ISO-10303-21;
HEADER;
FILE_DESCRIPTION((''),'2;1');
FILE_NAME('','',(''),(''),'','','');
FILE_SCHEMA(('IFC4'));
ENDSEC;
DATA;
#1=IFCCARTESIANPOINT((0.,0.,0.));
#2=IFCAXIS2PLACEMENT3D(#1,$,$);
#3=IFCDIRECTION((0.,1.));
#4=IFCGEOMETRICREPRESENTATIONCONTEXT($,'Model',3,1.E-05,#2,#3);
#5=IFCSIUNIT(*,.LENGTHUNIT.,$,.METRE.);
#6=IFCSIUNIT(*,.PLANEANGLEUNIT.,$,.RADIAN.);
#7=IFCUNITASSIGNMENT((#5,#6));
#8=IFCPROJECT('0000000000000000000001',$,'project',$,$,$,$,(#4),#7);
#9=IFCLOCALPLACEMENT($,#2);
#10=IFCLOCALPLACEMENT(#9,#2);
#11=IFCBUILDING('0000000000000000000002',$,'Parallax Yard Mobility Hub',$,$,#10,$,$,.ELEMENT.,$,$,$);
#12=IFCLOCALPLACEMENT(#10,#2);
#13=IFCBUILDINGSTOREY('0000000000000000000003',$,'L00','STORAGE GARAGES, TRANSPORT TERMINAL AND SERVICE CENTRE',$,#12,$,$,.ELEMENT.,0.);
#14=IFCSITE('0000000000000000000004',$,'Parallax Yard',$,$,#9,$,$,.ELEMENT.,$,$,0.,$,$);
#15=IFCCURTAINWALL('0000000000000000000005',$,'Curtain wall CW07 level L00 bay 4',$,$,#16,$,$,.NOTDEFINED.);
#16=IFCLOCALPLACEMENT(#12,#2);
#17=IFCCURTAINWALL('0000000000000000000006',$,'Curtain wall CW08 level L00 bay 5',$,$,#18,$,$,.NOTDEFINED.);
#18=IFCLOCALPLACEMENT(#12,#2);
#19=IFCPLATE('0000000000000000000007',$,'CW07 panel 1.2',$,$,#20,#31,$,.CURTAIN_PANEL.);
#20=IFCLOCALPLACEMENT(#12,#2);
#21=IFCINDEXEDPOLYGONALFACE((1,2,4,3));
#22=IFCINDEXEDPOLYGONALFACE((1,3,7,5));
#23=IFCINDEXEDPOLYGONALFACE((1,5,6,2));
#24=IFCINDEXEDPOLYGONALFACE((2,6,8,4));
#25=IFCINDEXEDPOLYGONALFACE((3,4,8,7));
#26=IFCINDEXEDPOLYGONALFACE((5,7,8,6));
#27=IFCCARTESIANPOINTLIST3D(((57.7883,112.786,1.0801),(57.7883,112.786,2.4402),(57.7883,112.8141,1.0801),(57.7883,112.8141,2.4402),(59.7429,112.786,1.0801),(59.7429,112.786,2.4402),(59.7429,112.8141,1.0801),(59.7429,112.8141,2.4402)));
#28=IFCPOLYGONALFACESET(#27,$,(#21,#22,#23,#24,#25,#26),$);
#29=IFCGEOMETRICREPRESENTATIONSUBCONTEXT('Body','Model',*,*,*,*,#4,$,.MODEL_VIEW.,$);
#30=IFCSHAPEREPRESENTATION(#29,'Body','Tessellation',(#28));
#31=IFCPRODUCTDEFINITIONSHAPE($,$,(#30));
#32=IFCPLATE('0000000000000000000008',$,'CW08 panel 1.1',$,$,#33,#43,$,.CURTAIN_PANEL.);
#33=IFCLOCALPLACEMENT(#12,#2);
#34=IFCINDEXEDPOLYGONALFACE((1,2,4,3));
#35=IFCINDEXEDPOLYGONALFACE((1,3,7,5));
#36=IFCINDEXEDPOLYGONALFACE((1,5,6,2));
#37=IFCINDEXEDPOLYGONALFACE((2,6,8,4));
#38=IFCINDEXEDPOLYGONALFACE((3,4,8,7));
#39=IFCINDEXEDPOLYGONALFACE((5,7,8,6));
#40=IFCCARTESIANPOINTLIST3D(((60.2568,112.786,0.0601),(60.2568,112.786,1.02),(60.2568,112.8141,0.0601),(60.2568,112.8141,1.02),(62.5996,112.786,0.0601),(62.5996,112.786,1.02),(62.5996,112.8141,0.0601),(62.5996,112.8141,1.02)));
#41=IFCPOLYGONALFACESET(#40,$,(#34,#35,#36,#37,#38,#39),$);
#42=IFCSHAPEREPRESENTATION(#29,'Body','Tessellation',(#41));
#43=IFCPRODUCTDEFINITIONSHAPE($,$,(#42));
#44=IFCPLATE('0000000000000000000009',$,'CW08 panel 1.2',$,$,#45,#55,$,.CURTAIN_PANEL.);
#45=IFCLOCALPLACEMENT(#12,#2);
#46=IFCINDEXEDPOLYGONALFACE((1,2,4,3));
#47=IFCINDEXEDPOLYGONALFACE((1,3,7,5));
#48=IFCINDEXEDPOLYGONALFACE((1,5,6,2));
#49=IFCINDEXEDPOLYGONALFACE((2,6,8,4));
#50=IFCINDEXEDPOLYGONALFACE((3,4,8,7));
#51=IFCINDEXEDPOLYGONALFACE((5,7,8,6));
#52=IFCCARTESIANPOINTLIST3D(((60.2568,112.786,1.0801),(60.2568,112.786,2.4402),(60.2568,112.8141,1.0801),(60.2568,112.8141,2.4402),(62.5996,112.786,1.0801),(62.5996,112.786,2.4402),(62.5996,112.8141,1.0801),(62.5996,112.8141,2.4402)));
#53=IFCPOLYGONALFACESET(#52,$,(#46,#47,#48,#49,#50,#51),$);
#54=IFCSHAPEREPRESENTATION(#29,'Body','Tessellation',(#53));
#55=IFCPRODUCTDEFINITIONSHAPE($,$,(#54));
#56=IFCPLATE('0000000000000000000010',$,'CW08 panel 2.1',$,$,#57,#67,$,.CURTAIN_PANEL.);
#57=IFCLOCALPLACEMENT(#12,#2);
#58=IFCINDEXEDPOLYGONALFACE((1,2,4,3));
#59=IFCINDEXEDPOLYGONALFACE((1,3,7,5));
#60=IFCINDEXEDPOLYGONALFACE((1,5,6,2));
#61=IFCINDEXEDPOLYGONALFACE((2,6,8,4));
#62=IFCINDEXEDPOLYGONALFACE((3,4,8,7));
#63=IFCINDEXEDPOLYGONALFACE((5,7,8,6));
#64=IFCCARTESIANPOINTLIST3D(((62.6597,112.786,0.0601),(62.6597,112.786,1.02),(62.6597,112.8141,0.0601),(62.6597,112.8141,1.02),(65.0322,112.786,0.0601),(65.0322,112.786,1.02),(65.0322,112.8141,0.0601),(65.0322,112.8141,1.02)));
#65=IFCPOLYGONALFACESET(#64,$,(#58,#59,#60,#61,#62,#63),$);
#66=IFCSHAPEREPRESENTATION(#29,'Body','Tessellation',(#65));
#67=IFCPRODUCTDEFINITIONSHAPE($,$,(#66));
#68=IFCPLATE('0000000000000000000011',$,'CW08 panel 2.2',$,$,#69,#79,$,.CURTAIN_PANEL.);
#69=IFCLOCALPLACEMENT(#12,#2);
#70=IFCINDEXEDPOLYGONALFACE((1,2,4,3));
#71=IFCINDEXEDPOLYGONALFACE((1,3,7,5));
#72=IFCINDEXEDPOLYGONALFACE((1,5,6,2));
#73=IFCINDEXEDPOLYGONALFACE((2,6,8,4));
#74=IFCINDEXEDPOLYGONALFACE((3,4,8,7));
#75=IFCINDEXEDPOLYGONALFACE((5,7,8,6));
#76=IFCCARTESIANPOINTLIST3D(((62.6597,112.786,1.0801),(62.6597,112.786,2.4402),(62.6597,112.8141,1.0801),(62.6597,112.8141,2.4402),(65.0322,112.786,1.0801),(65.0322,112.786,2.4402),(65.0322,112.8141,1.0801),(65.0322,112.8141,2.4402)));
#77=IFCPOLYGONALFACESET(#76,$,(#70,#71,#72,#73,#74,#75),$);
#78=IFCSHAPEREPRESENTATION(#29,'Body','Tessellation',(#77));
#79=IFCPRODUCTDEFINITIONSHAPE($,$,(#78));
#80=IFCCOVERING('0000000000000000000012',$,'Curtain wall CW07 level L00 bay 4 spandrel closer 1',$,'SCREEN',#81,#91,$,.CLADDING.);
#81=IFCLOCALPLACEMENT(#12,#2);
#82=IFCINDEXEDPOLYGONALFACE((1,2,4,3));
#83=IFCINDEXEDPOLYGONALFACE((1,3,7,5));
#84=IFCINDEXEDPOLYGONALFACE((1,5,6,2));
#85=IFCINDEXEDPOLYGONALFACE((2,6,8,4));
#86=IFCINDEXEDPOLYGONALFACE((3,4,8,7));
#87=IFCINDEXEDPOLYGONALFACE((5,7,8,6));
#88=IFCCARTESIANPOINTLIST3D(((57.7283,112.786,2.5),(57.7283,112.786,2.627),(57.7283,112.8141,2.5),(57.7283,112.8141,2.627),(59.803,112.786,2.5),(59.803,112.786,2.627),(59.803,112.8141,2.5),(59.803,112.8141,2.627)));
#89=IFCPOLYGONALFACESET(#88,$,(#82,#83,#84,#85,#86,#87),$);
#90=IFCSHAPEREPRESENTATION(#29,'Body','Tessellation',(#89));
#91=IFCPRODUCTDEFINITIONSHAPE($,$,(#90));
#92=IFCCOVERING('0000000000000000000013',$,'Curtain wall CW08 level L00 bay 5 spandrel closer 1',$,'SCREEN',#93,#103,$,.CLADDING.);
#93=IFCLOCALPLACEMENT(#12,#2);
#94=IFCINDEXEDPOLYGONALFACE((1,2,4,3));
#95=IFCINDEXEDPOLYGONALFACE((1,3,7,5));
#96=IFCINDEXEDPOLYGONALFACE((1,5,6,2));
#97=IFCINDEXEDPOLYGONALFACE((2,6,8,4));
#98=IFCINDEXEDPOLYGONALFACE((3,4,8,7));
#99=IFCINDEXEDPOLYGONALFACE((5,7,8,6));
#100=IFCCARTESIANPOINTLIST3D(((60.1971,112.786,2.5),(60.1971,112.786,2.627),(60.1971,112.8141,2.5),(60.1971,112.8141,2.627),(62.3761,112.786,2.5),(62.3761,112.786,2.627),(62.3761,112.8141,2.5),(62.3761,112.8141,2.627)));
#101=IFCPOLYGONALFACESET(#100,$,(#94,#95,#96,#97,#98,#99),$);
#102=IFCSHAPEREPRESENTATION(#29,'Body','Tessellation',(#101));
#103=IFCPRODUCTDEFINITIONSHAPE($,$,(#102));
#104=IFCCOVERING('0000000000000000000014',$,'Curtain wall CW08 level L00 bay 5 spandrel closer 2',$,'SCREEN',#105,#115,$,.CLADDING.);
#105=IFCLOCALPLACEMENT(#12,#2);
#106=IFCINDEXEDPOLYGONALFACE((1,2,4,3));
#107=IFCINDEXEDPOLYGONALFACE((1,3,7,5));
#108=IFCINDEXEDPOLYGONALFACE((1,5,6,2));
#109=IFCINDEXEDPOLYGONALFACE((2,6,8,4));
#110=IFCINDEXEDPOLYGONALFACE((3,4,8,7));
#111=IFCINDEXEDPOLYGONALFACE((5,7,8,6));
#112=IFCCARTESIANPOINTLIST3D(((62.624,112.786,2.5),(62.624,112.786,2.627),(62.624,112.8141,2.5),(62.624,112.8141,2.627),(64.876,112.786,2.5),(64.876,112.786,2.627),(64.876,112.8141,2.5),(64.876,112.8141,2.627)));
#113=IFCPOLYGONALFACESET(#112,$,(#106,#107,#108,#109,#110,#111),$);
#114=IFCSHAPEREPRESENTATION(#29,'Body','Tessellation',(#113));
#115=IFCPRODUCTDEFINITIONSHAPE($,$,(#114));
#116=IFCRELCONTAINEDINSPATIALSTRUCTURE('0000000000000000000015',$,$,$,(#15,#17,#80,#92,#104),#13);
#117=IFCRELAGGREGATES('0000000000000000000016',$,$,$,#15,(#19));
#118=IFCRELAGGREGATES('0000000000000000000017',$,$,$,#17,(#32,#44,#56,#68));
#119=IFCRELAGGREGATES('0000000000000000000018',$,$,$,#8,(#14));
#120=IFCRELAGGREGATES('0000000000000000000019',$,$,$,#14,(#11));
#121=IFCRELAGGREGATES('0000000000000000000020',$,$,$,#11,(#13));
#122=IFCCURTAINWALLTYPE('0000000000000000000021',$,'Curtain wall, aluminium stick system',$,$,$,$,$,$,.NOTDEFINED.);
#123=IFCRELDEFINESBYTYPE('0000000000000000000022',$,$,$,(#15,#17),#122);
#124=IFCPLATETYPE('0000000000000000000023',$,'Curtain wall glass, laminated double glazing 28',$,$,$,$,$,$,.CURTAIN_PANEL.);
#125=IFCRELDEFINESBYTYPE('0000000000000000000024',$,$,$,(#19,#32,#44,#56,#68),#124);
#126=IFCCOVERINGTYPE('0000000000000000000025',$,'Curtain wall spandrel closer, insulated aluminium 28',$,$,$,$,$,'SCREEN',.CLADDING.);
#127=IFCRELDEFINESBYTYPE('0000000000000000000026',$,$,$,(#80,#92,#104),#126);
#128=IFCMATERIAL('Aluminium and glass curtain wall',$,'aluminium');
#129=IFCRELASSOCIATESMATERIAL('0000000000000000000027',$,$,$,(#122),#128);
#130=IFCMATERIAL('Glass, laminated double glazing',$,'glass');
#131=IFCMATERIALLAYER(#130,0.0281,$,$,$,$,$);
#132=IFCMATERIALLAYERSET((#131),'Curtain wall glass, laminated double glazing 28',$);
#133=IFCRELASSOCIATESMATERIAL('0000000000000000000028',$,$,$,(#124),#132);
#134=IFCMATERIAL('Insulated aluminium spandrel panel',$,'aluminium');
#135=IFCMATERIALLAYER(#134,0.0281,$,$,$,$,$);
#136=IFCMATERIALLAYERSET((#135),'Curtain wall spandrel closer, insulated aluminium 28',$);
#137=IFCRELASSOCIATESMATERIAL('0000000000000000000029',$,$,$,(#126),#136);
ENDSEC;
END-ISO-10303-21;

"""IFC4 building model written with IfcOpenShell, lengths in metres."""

from ifc_helpers import new_model, si_unit, direction, frame, origin, origin_2d, place, context, subcontext, project, spatial, rectangle, extrude, material, layer, layer_set, type_object, element, aggregate, save


model = new_model("IFC4")

# Units and contexts
model_context = context("Model", 3, precision=1e-05, world=origin(), true_north=direction((0.0, 1.0)))
body_context = subcontext(model_context, "Body", "Model", "MODEL_VIEW")
ifc_project = project(units=[si_unit("LENGTHUNIT", "METRE"), si_unit("PLANEANGLEUNIT", "RADIAN")], contexts=[model_context])

# Site, building, storey
site_placement = place(None, origin())
site = spatial("IfcSite", under=ifc_project, at=site_placement, Name="Parallax Yard", CompositionType="ELEMENT", RefElevation=0.0)
building_placement = place(site_placement, origin())
building = spatial("IfcBuilding", under=site, at=building_placement, Name="Parallax Yard Mobility Hub", CompositionType="ELEMENT")
storey_placement = place(building_placement, origin())
storey = spatial("IfcBuildingStorey", under=building, at=storey_placement, Name="L00", Description="STORAGE GARAGES, TRANSPORT TERMINAL AND SERVICE CENTRE", CompositionType="ELEMENT", Elevation=0.0)

# Curtain wall
ifc_material_1 = material(Name="Aluminium and glass curtain wall", Category="aluminium")
curtain_wall_type = type_object("IfcCurtainWallType", Name="Curtain wall, aluminium stick system", PredefinedType="NOTDEFINED", material=ifc_material_1)
curtain_wall_1_placement = place(storey_placement, origin())
curtain_wall_1 = element("IfcCurtainWall", 1, at=curtain_wall_1_placement, inside=storey, type_object=curtain_wall_type, Name="Curtain wall CW07 level L00 bay 4", PredefinedType="NOTDEFINED")

# Curtain wall
curtain_wall_2_placement = place(storey_placement, origin())
curtain_wall_2 = element("IfcCurtainWall", 2, at=curtain_wall_2_placement, inside=storey, type_object=curtain_wall_type, Name="Curtain wall CW08 level L00 bay 5", PredefinedType="NOTDEFINED")

# Plates
ifc_material_2 = material(Name="Glass, laminated double glazing", Category="glass")
ifc_layer_1 = layer(ifc_material_2, 0.0281)
ifc_layer_set_1 = layer_set([ifc_layer_1], Name="Curtain wall glass, laminated double glazing 28")
plate_type = type_object("IfcPlateType", Name="Curtain wall glass, laminated double glazing 28", PredefinedType="CURTAIN_PANEL", material=ifc_layer_set_1)
plate_1_placement = place(storey_placement, frame((58.7656, 112.8, 1.0801), z_axis=(0.0, 0.0, 1.0), x_axis=(1.0, 0.0, 0.0)))
plate_1 = element("IfcPlate", 3, at=plate_1_placement, type_object=plate_type, Name="CW07 panel 1.2", PredefinedType="CURTAIN_PANEL", context=body_context, shape_type="SweptSolid", body=[
    extrude(rectangle(XDim=1.9546, YDim=0.0281, at=origin_2d()), origin(), (0.0, 0.0, 1.0), 1.3601),
])
aggregate(curtain_wall_1, [plate_1])
plate_2_placement = place(storey_placement, frame((61.4282, 112.8, 0.0601), z_axis=(0.0, 0.0, 1.0), x_axis=(1.0, 0.0, 0.0)))
plate_2 = element("IfcPlate", 4, at=plate_2_placement, type_object=plate_type, Name="CW08 panel 1.1", PredefinedType="CURTAIN_PANEL", context=body_context, shape_type="SweptSolid", body=[
    extrude(rectangle(XDim=2.3428, YDim=0.0281, at=origin_2d()), origin(), (0.0, 0.0, 1.0), 0.96),
])
plate_3_placement = place(storey_placement, frame((61.4282, 112.8, 1.0801), z_axis=(0.0, 0.0, 1.0), x_axis=(1.0, 0.0, 0.0)))
plate_3 = element("IfcPlate", 5, at=plate_3_placement, type_object=plate_type, Name="CW08 panel 1.2", PredefinedType="CURTAIN_PANEL", context=body_context, shape_type="SweptSolid", body=[
    extrude(rectangle(XDim=2.3428, YDim=0.0281, at=origin_2d()), origin(), (0.0, 0.0, 1.0), 1.3601),
])
plate_4_placement = place(storey_placement, frame((63.8459, 112.8, 0.0601), z_axis=(0.0, 0.0, 1.0), x_axis=(1.0, 0.0, 0.0)))
plate_4 = element("IfcPlate", 6, at=plate_4_placement, type_object=plate_type, Name="CW08 panel 2.1", PredefinedType="CURTAIN_PANEL", context=body_context, shape_type="SweptSolid", body=[
    extrude(rectangle(XDim=2.3726, YDim=0.0281, at=origin_2d()), origin(), (0.0, 0.0, 1.0), 0.96),
])
plate_5_placement = place(storey_placement, frame((63.8459, 112.8, 1.0801), z_axis=(0.0, 0.0, 1.0), x_axis=(1.0, 0.0, 0.0)))
plate_5 = element("IfcPlate", 7, at=plate_5_placement, type_object=plate_type, Name="CW08 panel 2.2", PredefinedType="CURTAIN_PANEL", context=body_context, shape_type="SweptSolid", body=[
    extrude(rectangle(XDim=2.3726, YDim=0.0281, at=origin_2d()), origin(), (0.0, 0.0, 1.0), 1.3601),
])
aggregate(curtain_wall_2, [plate_2, plate_3, plate_4, plate_5])

# Coverings
ifc_material_3 = material(Name="Insulated aluminium spandrel panel", Category="aluminium")
ifc_layer_2 = layer(ifc_material_3, 0.0281)
ifc_layer_set_2 = layer_set([ifc_layer_2], Name="Curtain wall spandrel closer, insulated aluminium 28")
covering_type = type_object("IfcCoveringType", Name="Curtain wall spandrel closer, insulated aluminium 28", ElementType="SCREEN", PredefinedType="CLADDING", material=ifc_layer_set_2)
covering_1_placement = place(storey_placement, frame((58.7656, 112.8, 2.5), z_axis=(0.0, 0.0, 1.0), x_axis=(1.0, 0.0, 0.0)))
element("IfcCovering", 8, at=covering_1_placement, inside=storey, type_object=covering_type, Name="Curtain wall CW07 level L00 bay 4 spandrel closer 1", ObjectType="SCREEN", PredefinedType="CLADDING", context=body_context, shape_type="SweptSolid", body=[
    extrude(rectangle(XDim=2.0747, YDim=0.0281, at=origin_2d()), origin(), (0.0, 0.0, 1.0), 0.127),
])
covering_2_placement = place(storey_placement, frame((61.2866, 112.8, 2.5), z_axis=(0.0, 0.0, 1.0), x_axis=(1.0, 0.0, 0.0)))
element("IfcCovering", 9, at=covering_2_placement, inside=storey, type_object=covering_type, Name="Curtain wall CW08 level L00 bay 5 spandrel closer 1", ObjectType="SCREEN", PredefinedType="CLADDING", context=body_context, shape_type="SweptSolid", body=[
    extrude(rectangle(XDim=2.179, YDim=0.0281, at=origin_2d()), origin(), (0.0, 0.0, 1.0), 0.127),
])
covering_3_placement = place(storey_placement, frame((63.75, 112.8, 2.5), z_axis=(0.0, 0.0, 1.0), x_axis=(1.0, 0.0, 0.0)))
element("IfcCovering", 10, at=covering_3_placement, inside=storey, type_object=covering_type, Name="Curtain wall CW08 level L00 bay 5 spandrel closer 2", ObjectType="SCREEN", PredefinedType="CLADDING", context=body_context, shape_type="SweptSolid", body=[
    extrude(rectangle(XDim=2.252, YDim=0.0281, at=origin_2d()), origin(), (0.0, 0.0, 1.0), 0.127),
])

save(model, "model.ifc")
